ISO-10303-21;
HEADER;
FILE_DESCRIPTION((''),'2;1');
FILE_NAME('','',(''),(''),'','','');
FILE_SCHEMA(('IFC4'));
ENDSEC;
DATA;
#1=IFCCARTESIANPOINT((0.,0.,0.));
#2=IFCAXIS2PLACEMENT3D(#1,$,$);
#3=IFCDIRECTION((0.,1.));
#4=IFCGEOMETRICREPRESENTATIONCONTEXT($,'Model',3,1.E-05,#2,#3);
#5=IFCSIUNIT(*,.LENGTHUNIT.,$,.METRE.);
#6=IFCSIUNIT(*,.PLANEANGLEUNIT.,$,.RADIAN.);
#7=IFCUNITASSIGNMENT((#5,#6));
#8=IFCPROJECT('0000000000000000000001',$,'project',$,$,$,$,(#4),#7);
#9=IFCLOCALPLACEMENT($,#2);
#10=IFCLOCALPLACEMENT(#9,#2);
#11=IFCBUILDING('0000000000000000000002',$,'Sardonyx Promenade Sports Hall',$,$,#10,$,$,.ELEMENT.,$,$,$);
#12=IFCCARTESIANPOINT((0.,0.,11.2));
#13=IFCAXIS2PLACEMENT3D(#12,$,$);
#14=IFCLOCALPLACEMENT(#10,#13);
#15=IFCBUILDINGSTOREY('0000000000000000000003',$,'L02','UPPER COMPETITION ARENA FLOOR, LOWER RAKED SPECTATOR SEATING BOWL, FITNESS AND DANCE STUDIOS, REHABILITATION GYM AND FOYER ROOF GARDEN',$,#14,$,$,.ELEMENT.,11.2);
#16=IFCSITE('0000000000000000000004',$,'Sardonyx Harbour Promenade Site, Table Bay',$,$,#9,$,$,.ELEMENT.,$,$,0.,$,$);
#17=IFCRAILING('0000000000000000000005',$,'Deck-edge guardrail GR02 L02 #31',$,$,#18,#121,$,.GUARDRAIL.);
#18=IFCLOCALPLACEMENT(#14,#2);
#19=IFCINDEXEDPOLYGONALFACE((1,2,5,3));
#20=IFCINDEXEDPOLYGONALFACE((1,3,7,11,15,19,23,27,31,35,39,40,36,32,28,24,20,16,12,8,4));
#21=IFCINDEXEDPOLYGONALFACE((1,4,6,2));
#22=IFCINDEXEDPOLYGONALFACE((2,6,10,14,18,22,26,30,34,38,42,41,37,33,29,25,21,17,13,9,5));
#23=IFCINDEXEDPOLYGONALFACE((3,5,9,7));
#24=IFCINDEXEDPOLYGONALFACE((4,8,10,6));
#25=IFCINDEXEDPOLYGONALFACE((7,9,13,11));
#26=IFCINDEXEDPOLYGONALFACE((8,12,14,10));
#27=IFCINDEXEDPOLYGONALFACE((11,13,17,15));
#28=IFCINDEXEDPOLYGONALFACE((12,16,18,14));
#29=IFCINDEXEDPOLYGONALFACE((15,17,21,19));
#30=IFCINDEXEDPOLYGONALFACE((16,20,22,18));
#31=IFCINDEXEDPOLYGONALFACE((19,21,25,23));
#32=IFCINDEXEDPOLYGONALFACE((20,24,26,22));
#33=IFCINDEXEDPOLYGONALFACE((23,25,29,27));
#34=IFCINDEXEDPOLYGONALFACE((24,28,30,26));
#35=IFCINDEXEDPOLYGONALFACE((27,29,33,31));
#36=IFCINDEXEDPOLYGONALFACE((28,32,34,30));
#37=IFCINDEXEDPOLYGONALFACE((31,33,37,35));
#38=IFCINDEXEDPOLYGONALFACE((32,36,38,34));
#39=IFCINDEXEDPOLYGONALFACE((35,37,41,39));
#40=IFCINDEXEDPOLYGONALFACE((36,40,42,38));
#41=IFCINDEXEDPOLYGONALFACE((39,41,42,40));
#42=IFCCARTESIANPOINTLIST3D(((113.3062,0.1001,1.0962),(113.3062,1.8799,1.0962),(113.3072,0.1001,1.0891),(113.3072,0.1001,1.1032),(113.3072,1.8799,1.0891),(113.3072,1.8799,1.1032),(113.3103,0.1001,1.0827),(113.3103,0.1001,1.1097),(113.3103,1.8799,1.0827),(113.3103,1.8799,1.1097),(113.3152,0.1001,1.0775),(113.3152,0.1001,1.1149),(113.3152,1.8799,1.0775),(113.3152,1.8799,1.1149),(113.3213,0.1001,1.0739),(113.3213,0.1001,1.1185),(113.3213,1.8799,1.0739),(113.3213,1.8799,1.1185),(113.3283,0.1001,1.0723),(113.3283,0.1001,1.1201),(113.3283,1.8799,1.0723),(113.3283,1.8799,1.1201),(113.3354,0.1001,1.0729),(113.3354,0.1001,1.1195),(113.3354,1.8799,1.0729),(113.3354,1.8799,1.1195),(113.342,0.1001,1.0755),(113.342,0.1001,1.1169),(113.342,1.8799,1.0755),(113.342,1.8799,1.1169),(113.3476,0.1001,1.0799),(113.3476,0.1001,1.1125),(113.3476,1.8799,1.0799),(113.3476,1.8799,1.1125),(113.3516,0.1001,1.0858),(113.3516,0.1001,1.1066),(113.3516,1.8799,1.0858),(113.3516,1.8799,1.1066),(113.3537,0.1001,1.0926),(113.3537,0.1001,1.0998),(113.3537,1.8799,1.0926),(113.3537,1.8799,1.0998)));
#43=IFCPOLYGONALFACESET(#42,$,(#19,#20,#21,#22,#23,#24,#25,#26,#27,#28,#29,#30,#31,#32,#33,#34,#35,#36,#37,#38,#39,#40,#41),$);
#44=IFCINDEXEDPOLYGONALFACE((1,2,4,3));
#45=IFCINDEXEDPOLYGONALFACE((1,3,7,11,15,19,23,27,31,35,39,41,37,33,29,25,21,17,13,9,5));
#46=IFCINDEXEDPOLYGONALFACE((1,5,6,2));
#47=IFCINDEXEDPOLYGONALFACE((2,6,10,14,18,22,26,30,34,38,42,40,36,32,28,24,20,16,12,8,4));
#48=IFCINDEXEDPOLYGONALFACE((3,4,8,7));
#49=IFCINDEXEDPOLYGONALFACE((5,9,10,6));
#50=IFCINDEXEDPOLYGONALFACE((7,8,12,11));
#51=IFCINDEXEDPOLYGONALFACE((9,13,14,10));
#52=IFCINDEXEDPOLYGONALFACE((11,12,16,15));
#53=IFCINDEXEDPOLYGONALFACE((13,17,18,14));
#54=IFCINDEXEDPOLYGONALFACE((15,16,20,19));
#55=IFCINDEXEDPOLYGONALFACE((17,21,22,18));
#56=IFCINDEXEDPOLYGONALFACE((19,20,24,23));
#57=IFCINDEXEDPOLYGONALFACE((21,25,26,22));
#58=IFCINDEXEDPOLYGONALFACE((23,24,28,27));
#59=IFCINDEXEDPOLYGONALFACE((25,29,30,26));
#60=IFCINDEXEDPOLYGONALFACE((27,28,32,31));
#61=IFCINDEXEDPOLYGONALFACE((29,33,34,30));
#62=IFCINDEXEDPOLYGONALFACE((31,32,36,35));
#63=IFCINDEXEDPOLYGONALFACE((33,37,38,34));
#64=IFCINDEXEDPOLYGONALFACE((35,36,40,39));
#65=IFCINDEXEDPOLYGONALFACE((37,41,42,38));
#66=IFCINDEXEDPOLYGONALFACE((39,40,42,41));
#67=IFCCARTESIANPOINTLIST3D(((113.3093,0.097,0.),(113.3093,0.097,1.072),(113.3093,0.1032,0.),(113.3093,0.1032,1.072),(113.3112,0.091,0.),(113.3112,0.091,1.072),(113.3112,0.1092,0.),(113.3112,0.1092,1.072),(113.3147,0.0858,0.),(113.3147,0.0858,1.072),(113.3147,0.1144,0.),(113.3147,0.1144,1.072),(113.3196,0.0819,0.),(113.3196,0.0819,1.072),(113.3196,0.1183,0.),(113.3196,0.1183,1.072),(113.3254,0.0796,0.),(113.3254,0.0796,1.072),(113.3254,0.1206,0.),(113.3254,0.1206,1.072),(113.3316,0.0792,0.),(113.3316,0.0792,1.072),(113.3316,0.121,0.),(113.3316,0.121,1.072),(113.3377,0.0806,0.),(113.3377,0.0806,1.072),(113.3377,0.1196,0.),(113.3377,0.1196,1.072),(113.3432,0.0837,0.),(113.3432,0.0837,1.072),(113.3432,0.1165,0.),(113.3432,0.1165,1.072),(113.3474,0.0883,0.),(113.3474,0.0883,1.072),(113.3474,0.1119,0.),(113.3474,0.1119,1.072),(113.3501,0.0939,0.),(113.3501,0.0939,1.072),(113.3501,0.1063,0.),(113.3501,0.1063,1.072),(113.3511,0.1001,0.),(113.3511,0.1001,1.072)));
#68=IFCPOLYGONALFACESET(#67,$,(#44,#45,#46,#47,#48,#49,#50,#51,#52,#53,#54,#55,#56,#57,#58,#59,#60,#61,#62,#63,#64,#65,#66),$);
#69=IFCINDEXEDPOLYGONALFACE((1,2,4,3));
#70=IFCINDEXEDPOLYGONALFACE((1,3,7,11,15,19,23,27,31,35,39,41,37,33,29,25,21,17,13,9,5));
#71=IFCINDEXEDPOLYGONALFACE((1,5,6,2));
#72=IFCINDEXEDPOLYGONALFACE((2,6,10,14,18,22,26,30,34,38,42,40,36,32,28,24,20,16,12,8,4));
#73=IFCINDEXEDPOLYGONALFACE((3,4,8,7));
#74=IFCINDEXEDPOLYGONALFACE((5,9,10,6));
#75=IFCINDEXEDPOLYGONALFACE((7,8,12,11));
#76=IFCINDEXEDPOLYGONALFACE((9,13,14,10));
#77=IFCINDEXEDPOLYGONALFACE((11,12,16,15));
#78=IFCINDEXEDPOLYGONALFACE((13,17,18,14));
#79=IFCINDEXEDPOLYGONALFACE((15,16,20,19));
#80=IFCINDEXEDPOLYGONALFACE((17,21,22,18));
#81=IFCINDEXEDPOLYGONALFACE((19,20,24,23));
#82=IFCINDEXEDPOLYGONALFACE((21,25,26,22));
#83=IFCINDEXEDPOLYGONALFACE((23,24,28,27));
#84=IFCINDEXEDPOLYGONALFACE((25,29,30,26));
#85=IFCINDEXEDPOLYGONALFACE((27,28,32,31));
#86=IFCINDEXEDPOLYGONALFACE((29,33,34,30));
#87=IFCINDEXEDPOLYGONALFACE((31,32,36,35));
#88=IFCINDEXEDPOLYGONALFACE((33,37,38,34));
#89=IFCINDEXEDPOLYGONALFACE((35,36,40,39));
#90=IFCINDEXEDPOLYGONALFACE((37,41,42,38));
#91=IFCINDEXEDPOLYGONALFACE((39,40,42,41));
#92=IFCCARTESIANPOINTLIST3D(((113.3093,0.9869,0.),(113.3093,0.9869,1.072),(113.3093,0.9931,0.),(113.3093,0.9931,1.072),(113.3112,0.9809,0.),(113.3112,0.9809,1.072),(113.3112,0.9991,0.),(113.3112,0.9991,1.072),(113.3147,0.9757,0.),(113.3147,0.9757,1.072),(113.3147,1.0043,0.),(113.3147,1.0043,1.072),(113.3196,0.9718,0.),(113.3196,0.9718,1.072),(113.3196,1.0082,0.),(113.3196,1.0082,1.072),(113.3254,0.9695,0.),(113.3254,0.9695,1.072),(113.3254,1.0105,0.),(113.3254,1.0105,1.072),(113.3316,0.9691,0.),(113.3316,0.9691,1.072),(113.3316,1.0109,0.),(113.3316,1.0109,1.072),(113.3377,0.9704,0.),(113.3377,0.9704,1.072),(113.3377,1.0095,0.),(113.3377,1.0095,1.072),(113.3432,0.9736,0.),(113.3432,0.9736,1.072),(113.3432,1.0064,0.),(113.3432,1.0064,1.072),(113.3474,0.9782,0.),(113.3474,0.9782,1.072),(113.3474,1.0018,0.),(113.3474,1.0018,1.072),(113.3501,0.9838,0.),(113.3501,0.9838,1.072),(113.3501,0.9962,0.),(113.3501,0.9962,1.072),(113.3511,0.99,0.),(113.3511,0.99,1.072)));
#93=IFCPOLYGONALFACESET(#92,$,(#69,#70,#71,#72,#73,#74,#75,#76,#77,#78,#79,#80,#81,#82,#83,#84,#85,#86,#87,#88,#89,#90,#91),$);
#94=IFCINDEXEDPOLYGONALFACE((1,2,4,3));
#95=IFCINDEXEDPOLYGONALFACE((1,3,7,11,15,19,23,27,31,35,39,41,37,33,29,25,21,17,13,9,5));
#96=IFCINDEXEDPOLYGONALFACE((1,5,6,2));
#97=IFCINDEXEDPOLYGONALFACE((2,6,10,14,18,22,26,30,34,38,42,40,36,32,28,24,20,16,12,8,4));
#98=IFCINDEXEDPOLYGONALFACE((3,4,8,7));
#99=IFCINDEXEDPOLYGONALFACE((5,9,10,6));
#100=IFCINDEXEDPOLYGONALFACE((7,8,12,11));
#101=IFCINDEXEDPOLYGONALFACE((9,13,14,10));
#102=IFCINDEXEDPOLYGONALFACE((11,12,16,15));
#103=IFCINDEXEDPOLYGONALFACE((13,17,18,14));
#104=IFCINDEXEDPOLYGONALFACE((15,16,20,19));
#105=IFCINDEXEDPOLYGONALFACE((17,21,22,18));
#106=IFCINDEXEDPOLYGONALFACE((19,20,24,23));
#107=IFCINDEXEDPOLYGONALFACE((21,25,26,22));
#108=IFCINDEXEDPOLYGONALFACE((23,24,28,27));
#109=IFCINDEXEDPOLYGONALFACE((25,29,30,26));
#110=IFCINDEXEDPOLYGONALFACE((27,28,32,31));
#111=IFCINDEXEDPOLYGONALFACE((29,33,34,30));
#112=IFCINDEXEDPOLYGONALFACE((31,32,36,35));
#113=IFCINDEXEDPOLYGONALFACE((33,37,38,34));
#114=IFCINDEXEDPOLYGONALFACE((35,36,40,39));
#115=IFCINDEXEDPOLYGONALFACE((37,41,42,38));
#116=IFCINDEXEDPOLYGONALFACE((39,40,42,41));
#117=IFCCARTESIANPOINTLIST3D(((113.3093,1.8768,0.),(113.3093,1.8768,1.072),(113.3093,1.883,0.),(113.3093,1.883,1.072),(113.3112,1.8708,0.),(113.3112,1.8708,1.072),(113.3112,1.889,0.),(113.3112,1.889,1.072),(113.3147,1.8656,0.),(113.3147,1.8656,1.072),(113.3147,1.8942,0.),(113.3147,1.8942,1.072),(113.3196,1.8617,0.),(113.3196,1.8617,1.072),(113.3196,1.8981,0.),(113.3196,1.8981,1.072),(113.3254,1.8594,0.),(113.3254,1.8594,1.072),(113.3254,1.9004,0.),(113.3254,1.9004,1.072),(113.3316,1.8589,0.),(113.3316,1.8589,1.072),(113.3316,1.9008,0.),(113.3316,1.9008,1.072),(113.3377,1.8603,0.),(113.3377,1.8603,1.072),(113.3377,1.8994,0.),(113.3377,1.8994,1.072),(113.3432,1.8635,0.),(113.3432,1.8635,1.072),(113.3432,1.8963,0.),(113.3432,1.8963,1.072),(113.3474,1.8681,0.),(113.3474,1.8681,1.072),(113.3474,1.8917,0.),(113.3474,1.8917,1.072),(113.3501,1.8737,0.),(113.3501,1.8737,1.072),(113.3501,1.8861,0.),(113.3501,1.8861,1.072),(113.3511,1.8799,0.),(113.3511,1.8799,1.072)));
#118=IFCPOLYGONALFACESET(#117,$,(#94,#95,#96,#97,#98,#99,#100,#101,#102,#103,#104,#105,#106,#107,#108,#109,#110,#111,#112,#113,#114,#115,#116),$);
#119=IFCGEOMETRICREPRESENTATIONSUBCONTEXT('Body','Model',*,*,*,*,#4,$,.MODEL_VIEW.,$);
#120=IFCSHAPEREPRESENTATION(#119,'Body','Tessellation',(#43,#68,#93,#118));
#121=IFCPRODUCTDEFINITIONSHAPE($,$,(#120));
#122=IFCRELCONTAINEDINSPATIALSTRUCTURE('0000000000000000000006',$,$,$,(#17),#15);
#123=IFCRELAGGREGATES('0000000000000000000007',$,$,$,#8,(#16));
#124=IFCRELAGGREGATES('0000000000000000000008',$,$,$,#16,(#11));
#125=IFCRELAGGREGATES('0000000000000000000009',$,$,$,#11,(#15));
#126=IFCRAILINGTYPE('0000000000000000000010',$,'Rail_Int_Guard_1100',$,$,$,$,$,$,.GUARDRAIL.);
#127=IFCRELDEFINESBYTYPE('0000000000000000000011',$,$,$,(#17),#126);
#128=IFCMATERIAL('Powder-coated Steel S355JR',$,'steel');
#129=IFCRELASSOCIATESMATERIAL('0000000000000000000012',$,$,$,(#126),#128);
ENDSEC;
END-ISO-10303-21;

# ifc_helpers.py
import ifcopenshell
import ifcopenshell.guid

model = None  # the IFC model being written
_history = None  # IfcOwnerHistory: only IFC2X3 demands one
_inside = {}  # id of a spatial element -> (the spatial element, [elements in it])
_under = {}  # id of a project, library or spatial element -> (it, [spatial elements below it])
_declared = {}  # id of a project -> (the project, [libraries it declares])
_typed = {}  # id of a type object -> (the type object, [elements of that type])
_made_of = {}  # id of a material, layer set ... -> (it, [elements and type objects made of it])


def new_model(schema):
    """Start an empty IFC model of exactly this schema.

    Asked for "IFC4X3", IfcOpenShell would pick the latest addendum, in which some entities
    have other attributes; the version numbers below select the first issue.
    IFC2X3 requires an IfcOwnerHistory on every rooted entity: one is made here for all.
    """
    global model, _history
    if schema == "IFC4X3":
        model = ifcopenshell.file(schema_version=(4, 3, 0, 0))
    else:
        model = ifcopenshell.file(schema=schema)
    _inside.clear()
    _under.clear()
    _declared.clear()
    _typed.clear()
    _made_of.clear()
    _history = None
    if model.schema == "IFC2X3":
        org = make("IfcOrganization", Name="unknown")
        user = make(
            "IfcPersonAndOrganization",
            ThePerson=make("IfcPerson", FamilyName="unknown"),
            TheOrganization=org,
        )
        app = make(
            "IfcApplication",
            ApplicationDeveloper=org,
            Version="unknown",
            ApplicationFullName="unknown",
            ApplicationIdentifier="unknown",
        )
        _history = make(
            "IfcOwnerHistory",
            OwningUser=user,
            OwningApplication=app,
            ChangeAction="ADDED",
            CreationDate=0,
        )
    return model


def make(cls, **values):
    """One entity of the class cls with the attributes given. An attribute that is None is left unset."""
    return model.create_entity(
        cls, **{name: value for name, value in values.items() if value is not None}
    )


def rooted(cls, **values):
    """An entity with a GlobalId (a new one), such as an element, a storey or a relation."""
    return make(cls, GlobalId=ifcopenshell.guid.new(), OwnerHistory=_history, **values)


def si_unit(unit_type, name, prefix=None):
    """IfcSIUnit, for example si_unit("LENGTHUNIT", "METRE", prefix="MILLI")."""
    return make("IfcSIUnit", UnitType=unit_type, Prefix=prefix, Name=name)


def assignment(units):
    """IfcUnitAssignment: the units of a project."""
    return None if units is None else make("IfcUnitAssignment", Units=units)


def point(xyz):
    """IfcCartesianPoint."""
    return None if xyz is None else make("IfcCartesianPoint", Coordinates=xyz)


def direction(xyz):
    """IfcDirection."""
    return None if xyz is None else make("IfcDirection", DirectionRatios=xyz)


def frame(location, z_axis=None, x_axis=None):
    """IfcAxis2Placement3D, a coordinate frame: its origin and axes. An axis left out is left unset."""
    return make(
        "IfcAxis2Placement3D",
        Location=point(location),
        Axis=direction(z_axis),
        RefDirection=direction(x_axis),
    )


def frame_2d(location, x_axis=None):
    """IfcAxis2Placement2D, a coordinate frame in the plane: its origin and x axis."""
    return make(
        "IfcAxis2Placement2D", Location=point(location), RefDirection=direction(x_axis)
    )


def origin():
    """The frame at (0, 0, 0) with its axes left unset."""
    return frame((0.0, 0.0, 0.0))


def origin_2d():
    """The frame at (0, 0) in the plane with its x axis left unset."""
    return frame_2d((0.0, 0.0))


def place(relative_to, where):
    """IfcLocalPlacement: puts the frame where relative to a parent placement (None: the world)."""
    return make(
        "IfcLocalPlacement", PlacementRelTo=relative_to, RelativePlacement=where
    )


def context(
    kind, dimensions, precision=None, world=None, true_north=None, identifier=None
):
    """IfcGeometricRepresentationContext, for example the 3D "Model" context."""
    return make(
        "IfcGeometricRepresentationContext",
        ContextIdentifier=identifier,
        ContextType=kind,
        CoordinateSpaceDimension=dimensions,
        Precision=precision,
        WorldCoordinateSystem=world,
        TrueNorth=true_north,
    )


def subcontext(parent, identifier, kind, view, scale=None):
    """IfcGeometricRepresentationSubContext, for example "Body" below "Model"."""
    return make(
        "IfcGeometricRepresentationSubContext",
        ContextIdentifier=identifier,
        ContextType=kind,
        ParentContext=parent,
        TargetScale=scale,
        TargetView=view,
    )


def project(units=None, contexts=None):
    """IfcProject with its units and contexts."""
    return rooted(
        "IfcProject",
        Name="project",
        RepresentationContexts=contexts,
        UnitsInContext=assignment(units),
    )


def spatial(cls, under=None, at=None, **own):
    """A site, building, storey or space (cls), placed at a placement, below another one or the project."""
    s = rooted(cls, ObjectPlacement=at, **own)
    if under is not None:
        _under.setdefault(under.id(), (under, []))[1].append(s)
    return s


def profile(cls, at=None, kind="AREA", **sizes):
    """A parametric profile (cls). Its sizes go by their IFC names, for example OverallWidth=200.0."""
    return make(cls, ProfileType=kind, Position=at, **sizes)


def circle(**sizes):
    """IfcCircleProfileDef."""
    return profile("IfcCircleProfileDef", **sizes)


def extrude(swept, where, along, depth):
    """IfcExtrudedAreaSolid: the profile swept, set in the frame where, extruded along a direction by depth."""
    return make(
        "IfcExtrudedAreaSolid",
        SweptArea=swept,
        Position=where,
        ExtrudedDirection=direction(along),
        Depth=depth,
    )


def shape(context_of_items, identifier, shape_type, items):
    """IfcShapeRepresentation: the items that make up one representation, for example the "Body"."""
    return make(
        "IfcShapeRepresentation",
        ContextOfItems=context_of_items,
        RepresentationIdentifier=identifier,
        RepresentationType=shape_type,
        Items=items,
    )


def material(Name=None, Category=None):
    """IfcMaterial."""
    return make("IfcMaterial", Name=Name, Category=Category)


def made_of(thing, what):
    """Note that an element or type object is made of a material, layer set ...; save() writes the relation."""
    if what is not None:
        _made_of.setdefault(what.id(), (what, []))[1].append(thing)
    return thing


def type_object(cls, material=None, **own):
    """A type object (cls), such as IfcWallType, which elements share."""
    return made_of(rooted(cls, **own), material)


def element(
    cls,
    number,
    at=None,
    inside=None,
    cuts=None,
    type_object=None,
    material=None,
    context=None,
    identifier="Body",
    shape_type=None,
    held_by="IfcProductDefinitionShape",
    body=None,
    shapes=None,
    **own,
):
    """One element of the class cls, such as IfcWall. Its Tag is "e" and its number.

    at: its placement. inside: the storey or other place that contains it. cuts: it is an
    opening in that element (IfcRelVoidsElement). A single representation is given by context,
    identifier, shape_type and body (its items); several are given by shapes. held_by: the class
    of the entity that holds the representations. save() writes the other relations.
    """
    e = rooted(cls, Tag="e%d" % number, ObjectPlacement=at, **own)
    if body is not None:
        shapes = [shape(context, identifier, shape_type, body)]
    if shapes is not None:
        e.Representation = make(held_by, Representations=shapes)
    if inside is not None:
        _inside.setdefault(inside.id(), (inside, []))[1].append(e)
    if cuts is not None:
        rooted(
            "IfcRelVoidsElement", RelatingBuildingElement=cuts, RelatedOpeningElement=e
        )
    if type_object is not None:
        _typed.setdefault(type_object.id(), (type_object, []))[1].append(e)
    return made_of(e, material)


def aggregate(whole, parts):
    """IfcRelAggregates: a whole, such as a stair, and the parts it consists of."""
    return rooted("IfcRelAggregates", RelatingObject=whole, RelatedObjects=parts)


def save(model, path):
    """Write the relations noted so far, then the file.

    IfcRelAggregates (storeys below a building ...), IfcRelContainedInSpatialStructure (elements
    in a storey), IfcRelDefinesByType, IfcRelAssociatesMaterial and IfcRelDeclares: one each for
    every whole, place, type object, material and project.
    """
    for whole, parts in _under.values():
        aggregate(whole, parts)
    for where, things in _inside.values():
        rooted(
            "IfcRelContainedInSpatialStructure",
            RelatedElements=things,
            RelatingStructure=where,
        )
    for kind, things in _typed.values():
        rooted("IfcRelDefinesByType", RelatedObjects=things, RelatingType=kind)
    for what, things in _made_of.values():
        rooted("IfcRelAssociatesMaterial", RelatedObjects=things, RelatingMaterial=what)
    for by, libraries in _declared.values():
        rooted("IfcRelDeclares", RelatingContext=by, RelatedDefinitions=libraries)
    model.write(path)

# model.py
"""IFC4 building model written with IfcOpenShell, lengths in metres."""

from ifc_helpers import new_model, si_unit, direction, frame, origin, origin_2d, place, context, subcontext, project, spatial, circle, extrude, material, type_object, element, save


model = new_model("IFC4")

# Units and contexts
model_context = context("Model", 3, precision=1e-05, world=origin(), true_north=direction((0.0, 1.0)))
body_context = subcontext(model_context, "Body", "Model", "MODEL_VIEW")
ifc_project = project(units=[si_unit("LENGTHUNIT", "METRE"), si_unit("PLANEANGLEUNIT", "RADIAN")], contexts=[model_context])

# Site, building, storey
site_placement = place(None, origin())
site = spatial("IfcSite", under=ifc_project, at=site_placement, Name="Sardonyx Harbour Promenade Site, Table Bay", CompositionType="ELEMENT", RefElevation=0.0)
building_placement = place(site_placement, origin())
building = spatial("IfcBuilding", under=site, at=building_placement, Name="Sardonyx Promenade Sports Hall", CompositionType="ELEMENT")
storey_placement = place(building_placement, frame((0.0, 0.0, 11.2)))
storey = spatial("IfcBuildingStorey", under=building, at=storey_placement, Name="L02", Description="UPPER COMPETITION ARENA FLOOR, LOWER RAKED SPECTATOR SEATING BOWL, FITNESS AND DANCE STUDIOS, REHABILITATION GYM AND FOYER ROOF GARDEN", CompositionType="ELEMENT", Elevation=11.2)

# Railing
ifc_material_1 = material(Name="Powder-coated Steel S355JR", Category="steel")
railing_type = type_object("IfcRailingType", Name="Rail_Int_Guard_1100", PredefinedType="GUARDRAIL", material=ifc_material_1)
railing_placement = place(storey_placement, frame((113.3301, 0.1001, 0.0)))
element("IfcRailing", 1, at=railing_placement, inside=storey, type_object=railing_type, Name="Deck-edge guardrail GR02 L02 #31", PredefinedType="GUARDRAIL", context=body_context, shape_type="SweptSolid", body=[
    extrude(circle(Radius=0.0239, at=origin_2d()), frame((0.0, 0.0, 1.0962), z_axis=(0.0, 1.0, 0.0), x_axis=(-1.0, 0.0, 0.0)), (0.0, 0.0, 1.0), 1.7798),
    extrude(circle(Radius=0.021, at=origin_2d()), origin(), (0.0, 0.0, 1.0), 1.072),
    extrude(circle(Radius=0.021, at=origin_2d()), frame((0.0, 0.8899, 0.0)), (0.0, 0.0, 1.0), 1.072),
    extrude(circle(Radius=0.021, at=origin_2d()), frame((0.0, 1.7798, 0.0)), (0.0, 0.0, 1.0), 1.072),
])

save(model, "model.ifc")
